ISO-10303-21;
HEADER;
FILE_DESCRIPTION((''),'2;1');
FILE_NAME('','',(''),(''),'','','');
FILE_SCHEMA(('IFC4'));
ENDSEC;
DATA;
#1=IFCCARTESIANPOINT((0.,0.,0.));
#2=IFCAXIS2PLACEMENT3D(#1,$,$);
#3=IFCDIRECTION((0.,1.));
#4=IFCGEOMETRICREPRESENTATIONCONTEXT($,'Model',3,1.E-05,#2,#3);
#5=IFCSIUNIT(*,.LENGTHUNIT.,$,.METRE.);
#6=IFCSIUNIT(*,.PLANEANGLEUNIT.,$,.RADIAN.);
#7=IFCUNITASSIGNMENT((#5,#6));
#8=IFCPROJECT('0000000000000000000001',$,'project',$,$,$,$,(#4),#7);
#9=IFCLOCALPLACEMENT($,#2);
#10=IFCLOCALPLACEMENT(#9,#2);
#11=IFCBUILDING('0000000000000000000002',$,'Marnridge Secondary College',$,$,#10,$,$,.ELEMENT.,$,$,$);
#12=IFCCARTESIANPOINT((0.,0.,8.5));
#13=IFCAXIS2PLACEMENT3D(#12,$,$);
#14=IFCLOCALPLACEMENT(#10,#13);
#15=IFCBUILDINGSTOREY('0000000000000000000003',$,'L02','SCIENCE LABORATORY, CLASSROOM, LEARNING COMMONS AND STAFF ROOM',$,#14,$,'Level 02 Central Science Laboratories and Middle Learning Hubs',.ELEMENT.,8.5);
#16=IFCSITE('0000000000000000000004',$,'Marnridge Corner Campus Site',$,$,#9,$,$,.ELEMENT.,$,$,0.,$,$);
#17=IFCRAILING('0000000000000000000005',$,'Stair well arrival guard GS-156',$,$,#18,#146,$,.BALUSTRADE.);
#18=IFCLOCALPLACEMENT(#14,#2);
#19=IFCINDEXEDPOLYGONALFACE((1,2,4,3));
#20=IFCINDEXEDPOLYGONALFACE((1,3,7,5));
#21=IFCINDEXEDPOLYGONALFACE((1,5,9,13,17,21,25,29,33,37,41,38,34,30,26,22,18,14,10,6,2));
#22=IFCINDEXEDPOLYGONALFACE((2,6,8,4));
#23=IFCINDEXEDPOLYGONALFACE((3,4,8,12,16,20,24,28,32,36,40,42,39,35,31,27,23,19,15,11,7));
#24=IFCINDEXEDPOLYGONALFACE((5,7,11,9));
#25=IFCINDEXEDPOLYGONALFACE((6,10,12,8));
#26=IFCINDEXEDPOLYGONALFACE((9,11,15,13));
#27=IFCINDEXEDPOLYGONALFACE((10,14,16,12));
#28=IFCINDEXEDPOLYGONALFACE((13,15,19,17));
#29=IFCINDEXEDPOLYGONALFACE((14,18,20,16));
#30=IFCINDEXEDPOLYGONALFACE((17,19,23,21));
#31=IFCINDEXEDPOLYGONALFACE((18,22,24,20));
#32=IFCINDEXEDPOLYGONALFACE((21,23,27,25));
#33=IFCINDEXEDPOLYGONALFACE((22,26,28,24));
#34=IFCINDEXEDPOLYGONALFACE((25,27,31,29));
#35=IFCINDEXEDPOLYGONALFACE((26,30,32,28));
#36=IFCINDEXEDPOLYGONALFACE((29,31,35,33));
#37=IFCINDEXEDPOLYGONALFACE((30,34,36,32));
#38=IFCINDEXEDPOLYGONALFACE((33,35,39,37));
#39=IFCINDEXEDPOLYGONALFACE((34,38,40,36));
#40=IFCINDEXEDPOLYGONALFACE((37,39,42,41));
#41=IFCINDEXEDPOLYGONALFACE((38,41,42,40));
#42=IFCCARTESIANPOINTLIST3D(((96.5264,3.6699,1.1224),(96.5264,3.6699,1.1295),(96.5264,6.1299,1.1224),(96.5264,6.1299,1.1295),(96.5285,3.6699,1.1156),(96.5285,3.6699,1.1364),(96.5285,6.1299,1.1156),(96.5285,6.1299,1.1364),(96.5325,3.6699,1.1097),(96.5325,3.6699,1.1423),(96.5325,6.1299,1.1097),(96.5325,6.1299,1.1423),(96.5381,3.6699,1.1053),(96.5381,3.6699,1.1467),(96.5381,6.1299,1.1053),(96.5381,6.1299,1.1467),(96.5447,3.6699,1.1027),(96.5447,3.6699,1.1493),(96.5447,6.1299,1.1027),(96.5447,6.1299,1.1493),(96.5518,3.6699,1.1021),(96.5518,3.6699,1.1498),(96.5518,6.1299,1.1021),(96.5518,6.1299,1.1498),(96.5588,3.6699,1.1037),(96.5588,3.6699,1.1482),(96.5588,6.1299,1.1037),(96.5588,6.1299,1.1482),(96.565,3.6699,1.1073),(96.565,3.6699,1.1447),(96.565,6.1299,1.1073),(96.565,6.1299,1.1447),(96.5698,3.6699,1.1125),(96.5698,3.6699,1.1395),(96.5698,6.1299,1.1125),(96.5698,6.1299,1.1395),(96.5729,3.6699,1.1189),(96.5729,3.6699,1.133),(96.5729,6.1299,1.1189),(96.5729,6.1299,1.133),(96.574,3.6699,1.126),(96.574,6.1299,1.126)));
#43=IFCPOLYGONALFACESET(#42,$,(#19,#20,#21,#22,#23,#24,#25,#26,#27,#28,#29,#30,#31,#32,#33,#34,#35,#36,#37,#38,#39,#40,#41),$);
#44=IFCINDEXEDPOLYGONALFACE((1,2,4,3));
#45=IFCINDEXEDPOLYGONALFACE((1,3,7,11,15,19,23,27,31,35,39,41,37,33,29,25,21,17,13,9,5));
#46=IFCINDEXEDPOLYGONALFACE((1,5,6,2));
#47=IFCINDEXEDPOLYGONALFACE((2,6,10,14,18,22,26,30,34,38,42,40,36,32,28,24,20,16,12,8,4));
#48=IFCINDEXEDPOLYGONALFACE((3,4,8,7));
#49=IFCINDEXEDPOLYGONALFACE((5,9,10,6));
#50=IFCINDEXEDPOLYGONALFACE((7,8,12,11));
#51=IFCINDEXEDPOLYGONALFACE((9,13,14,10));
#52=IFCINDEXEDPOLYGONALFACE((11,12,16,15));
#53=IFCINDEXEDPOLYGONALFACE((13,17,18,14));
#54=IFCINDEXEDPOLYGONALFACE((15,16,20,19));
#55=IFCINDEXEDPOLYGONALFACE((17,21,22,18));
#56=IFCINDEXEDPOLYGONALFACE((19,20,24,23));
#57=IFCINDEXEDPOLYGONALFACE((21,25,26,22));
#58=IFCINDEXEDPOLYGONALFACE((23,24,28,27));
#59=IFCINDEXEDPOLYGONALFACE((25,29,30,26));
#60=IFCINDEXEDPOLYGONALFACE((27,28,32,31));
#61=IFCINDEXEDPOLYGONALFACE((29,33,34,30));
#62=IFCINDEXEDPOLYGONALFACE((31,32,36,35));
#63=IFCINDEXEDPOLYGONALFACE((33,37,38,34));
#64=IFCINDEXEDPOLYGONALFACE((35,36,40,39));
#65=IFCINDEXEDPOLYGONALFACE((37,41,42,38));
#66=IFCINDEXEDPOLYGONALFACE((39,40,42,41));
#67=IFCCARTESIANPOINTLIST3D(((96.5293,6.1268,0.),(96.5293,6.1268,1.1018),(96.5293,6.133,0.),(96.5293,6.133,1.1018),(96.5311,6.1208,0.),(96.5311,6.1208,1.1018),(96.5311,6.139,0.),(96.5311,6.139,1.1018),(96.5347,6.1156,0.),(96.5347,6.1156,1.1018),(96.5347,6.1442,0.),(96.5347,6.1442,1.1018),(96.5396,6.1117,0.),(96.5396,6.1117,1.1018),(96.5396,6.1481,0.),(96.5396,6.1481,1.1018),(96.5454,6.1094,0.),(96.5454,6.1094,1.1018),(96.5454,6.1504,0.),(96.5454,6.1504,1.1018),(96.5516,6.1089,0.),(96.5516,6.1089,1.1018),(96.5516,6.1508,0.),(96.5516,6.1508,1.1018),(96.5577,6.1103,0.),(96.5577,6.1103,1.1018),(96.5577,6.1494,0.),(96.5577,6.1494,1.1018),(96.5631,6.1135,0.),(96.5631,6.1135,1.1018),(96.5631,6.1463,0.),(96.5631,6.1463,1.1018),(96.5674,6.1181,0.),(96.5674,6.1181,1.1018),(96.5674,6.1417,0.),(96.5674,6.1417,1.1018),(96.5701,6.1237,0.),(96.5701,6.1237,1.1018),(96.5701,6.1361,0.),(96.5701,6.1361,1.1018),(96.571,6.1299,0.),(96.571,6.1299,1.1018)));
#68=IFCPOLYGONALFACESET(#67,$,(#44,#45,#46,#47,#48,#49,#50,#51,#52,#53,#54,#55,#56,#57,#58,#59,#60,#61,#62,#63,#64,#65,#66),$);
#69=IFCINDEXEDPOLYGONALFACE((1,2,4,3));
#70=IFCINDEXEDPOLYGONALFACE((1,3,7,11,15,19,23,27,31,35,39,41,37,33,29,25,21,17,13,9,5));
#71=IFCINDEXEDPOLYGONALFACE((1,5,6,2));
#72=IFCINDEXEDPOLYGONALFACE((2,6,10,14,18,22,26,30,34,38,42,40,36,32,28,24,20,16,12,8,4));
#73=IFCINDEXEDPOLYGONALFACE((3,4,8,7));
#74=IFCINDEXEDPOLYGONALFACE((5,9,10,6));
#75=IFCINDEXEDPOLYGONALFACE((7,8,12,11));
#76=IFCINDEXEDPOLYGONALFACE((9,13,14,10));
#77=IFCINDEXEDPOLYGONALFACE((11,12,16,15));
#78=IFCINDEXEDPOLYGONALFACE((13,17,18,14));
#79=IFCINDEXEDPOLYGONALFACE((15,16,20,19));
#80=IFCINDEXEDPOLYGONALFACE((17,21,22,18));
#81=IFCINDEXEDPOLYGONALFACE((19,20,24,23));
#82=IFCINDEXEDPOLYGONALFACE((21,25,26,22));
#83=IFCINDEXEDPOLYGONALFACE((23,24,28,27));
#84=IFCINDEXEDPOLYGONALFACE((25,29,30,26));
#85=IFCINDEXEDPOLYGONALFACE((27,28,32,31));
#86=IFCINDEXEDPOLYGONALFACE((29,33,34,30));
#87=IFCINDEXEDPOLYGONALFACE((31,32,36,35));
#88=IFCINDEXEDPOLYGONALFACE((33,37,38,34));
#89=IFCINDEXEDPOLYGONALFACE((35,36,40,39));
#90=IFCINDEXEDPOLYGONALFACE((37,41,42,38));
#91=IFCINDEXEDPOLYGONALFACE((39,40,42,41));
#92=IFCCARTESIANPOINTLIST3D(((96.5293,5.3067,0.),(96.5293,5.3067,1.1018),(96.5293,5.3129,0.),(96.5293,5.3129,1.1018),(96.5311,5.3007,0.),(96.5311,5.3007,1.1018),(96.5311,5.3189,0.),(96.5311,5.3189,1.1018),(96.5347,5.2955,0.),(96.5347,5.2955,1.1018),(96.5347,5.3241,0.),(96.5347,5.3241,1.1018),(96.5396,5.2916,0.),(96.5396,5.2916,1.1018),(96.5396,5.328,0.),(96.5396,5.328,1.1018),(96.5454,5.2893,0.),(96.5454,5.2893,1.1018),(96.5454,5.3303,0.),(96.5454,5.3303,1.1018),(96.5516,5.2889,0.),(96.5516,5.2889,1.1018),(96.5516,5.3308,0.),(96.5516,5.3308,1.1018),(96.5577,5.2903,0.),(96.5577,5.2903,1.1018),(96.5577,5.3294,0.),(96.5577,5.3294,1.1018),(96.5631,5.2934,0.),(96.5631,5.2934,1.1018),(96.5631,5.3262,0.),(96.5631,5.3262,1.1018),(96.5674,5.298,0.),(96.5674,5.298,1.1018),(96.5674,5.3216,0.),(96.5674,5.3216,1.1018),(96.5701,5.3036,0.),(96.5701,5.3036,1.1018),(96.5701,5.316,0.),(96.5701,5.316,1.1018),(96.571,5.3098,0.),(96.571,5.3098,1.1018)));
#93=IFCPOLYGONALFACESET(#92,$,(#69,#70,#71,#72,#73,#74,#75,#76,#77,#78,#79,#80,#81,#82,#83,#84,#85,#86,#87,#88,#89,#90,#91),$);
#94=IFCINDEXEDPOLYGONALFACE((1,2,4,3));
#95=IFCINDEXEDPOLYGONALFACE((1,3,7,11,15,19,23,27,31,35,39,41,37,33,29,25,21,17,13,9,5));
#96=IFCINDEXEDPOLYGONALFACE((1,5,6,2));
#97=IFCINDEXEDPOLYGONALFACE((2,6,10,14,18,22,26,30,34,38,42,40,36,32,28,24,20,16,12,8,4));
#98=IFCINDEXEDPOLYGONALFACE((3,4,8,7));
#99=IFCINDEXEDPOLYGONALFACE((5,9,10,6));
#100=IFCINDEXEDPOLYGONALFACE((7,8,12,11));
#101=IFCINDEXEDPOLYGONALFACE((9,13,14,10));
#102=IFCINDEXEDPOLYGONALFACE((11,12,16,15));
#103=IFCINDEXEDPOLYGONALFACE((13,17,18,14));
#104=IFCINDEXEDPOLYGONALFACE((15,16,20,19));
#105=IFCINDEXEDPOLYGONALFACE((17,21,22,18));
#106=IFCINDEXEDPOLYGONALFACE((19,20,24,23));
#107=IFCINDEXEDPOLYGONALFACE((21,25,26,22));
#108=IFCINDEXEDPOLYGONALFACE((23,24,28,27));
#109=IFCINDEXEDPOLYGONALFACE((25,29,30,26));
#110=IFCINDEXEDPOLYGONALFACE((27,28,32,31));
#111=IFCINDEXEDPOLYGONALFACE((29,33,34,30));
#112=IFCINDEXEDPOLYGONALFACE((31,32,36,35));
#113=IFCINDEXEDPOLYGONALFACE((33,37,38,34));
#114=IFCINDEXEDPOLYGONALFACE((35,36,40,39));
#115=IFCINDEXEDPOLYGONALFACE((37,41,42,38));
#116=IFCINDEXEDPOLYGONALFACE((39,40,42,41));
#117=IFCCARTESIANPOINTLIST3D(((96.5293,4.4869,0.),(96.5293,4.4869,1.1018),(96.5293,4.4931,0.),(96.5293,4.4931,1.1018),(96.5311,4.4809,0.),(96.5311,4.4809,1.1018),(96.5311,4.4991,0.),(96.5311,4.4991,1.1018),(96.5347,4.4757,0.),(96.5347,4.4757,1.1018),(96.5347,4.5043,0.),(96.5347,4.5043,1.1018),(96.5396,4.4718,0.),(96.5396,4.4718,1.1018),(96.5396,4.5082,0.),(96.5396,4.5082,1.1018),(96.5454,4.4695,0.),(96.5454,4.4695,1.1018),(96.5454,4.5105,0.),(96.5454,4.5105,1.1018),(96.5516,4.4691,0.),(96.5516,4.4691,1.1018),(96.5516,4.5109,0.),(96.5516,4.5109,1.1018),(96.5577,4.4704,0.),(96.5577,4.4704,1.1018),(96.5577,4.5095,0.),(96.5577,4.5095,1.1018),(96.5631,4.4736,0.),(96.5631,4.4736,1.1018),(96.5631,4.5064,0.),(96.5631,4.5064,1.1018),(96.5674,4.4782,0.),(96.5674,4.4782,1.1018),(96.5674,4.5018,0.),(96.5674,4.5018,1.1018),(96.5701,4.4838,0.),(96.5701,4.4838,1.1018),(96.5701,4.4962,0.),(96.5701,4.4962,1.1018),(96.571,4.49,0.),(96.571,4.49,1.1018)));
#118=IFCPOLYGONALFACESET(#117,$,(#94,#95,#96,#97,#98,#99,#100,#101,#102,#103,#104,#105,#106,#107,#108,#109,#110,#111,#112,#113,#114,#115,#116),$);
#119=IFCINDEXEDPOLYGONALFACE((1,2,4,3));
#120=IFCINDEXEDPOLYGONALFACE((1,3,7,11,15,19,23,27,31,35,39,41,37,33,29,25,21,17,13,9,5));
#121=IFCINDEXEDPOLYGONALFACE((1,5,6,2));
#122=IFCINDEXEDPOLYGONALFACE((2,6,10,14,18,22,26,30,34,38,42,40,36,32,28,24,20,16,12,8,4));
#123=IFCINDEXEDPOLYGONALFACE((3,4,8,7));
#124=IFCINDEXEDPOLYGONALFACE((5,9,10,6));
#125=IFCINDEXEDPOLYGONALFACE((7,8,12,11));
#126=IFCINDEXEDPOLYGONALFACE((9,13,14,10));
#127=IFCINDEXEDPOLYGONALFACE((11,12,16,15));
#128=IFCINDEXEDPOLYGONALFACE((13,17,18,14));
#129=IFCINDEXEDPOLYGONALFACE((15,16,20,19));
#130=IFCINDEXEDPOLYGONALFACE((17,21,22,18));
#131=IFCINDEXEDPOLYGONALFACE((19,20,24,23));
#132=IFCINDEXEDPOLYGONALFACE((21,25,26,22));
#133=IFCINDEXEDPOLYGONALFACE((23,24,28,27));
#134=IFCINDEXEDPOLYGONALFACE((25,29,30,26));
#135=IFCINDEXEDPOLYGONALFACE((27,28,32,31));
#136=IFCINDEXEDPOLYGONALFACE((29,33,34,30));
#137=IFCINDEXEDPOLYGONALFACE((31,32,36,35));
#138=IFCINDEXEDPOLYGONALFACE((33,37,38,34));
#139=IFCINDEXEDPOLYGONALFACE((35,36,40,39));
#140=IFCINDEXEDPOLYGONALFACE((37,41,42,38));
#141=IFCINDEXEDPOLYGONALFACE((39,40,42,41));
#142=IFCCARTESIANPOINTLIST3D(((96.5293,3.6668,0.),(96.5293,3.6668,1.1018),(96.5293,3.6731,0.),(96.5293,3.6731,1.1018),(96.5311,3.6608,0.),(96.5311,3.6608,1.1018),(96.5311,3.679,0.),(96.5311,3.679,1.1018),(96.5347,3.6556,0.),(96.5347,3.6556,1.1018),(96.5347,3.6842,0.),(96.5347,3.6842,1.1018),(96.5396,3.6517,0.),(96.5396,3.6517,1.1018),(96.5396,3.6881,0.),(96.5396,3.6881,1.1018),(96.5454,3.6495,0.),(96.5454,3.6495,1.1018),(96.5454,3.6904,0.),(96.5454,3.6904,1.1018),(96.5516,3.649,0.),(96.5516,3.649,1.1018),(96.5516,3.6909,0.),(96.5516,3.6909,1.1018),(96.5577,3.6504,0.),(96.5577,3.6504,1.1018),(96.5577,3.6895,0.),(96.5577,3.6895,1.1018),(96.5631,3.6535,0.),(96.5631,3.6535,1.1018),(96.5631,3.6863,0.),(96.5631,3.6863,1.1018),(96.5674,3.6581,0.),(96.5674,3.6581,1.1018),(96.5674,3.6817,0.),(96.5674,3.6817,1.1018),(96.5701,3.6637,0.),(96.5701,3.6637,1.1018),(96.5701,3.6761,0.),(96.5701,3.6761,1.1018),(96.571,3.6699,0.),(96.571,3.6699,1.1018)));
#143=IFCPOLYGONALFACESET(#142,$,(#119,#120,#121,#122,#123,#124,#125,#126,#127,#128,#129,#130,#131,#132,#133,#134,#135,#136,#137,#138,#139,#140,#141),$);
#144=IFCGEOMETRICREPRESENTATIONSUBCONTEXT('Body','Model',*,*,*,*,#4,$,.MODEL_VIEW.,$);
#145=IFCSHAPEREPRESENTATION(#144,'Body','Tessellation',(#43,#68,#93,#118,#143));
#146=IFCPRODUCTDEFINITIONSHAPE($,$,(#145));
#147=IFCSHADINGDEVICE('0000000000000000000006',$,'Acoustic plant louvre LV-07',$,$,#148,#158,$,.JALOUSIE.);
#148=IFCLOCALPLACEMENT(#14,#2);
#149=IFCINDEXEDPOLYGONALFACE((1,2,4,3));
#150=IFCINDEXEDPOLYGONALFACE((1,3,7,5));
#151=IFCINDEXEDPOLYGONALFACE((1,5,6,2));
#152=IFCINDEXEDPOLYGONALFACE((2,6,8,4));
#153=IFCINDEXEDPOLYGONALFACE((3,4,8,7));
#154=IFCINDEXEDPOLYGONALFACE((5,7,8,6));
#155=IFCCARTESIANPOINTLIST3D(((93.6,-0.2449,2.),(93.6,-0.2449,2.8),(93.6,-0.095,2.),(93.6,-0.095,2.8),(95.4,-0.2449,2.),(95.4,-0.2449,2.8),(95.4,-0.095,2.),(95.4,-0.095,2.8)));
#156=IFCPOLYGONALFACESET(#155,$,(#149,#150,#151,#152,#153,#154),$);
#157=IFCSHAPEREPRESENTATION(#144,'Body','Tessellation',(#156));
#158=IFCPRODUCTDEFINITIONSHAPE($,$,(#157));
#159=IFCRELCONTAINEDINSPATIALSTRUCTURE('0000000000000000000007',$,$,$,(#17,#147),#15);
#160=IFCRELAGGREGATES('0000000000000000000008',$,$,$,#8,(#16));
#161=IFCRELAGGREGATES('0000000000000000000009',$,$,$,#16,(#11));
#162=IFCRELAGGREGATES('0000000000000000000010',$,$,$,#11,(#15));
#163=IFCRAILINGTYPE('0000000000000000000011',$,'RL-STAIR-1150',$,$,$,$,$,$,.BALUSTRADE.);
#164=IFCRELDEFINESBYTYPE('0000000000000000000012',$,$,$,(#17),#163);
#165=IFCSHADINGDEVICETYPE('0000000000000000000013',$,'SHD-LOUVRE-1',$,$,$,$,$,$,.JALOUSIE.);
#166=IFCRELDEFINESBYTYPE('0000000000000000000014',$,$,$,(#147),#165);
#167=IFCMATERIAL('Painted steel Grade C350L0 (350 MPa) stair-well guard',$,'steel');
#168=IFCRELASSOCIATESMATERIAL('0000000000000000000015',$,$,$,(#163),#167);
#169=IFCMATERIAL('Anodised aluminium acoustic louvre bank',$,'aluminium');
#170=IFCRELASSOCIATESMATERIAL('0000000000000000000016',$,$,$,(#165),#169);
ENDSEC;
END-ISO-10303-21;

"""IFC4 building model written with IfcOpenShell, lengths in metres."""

from ifc_helpers import new_model, si_unit, direction, frame, origin, origin_2d, place, context, subcontext, project, spatial, rectangle, circle, extrude, material, type_object, element, save


model = new_model("IFC4")

# Units and contexts
model_context = context("Model", 3, precision=1e-05, world=origin(), true_north=direction((0.0, 1.0)))
body_context = subcontext(model_context, "Body", "Model", "MODEL_VIEW")
ifc_project = project(units=[si_unit("LENGTHUNIT", "METRE"), si_unit("PLANEANGLEUNIT", "RADIAN")], contexts=[model_context])

# Site, building, storey
site_placement = place(None, origin())
site = spatial("IfcSite", under=ifc_project, at=site_placement, Name="Marnridge Corner Campus Site", CompositionType="ELEMENT", RefElevation=0.0)
building_placement = place(site_placement, origin())
building = spatial("IfcBuilding", under=site, at=building_placement, Name="Marnridge Secondary College", CompositionType="ELEMENT")
storey_placement = place(building_placement, frame((0.0, 0.0, 8.5)))
storey = spatial("IfcBuildingStorey", under=building, at=storey_placement, Name="L02", Description="SCIENCE LABORATORY, CLASSROOM, LEARNING COMMONS AND STAFF ROOM", LongName="Level 02 Central Science Laboratories and Middle Learning Hubs", CompositionType="ELEMENT", Elevation=8.5)

# Railing
ifc_material_1 = material(Name="Painted steel Grade C350L0 (350 MPa) stair-well guard", Category="steel")
railing_type = type_object("IfcRailingType", Name="RL-STAIR-1150", PredefinedType="BALUSTRADE", material=ifc_material_1)
railing_placement = place(storey_placement, frame((96.55, 6.1299, 0.0)))
element("IfcRailing", 1, at=railing_placement, inside=storey, type_object=railing_type, Name="Stair well arrival guard GS-156", PredefinedType="BALUSTRADE", context=body_context, shape_type="SweptSolid", body=[
    extrude(circle(Radius=0.0239, at=origin_2d()), frame((0.0, 0.0, 1.126), z_axis=(0.0, -1.0, 0.0), x_axis=(1.0, 0.0, 0.0)), (0.0, 0.0, 1.0), 2.46),
    extrude(circle(Radius=0.021, at=origin_2d()), origin(), (0.0, 0.0, 1.0), 1.1018),
    extrude(circle(Radius=0.021, at=origin_2d()), frame((0.0, -0.8201, 0.0)), (0.0, 0.0, 1.0), 1.1018),
    extrude(circle(Radius=0.021, at=origin_2d()), frame((0.0, -1.6399, 0.0)), (0.0, 0.0, 1.0), 1.1018),
    extrude(circle(Radius=0.021, at=origin_2d()), frame((0.0, -2.46, 0.0)), (0.0, 0.0, 1.0), 1.1018),
])

# Shading device
ifc_material_2 = material(Name="Anodised aluminium acoustic louvre bank", Category="aluminium")
shading_device_type = type_object("IfcShadingDeviceType", Name="SHD-LOUVRE-1", PredefinedType="JALOUSIE", material=ifc_material_2)
shading_device_placement = place(storey_placement, frame((94.5, -0.1699, 2.0), z_axis=(0.0, 0.0, 1.0), x_axis=(1.0, 0.0, 0.0)))
element("IfcShadingDevice", 2, at=shading_device_placement, inside=storey, type_object=shading_device_type, Name="Acoustic plant louvre LV-07", PredefinedType="JALOUSIE", context=body_context, shape_type="SweptSolid", body=[
    extrude(rectangle(XDim=1.8, YDim=0.1499, at=origin_2d()), origin(), (0.0, 0.0, 1.0), 0.8),
])

save(model, "model.ifc")
